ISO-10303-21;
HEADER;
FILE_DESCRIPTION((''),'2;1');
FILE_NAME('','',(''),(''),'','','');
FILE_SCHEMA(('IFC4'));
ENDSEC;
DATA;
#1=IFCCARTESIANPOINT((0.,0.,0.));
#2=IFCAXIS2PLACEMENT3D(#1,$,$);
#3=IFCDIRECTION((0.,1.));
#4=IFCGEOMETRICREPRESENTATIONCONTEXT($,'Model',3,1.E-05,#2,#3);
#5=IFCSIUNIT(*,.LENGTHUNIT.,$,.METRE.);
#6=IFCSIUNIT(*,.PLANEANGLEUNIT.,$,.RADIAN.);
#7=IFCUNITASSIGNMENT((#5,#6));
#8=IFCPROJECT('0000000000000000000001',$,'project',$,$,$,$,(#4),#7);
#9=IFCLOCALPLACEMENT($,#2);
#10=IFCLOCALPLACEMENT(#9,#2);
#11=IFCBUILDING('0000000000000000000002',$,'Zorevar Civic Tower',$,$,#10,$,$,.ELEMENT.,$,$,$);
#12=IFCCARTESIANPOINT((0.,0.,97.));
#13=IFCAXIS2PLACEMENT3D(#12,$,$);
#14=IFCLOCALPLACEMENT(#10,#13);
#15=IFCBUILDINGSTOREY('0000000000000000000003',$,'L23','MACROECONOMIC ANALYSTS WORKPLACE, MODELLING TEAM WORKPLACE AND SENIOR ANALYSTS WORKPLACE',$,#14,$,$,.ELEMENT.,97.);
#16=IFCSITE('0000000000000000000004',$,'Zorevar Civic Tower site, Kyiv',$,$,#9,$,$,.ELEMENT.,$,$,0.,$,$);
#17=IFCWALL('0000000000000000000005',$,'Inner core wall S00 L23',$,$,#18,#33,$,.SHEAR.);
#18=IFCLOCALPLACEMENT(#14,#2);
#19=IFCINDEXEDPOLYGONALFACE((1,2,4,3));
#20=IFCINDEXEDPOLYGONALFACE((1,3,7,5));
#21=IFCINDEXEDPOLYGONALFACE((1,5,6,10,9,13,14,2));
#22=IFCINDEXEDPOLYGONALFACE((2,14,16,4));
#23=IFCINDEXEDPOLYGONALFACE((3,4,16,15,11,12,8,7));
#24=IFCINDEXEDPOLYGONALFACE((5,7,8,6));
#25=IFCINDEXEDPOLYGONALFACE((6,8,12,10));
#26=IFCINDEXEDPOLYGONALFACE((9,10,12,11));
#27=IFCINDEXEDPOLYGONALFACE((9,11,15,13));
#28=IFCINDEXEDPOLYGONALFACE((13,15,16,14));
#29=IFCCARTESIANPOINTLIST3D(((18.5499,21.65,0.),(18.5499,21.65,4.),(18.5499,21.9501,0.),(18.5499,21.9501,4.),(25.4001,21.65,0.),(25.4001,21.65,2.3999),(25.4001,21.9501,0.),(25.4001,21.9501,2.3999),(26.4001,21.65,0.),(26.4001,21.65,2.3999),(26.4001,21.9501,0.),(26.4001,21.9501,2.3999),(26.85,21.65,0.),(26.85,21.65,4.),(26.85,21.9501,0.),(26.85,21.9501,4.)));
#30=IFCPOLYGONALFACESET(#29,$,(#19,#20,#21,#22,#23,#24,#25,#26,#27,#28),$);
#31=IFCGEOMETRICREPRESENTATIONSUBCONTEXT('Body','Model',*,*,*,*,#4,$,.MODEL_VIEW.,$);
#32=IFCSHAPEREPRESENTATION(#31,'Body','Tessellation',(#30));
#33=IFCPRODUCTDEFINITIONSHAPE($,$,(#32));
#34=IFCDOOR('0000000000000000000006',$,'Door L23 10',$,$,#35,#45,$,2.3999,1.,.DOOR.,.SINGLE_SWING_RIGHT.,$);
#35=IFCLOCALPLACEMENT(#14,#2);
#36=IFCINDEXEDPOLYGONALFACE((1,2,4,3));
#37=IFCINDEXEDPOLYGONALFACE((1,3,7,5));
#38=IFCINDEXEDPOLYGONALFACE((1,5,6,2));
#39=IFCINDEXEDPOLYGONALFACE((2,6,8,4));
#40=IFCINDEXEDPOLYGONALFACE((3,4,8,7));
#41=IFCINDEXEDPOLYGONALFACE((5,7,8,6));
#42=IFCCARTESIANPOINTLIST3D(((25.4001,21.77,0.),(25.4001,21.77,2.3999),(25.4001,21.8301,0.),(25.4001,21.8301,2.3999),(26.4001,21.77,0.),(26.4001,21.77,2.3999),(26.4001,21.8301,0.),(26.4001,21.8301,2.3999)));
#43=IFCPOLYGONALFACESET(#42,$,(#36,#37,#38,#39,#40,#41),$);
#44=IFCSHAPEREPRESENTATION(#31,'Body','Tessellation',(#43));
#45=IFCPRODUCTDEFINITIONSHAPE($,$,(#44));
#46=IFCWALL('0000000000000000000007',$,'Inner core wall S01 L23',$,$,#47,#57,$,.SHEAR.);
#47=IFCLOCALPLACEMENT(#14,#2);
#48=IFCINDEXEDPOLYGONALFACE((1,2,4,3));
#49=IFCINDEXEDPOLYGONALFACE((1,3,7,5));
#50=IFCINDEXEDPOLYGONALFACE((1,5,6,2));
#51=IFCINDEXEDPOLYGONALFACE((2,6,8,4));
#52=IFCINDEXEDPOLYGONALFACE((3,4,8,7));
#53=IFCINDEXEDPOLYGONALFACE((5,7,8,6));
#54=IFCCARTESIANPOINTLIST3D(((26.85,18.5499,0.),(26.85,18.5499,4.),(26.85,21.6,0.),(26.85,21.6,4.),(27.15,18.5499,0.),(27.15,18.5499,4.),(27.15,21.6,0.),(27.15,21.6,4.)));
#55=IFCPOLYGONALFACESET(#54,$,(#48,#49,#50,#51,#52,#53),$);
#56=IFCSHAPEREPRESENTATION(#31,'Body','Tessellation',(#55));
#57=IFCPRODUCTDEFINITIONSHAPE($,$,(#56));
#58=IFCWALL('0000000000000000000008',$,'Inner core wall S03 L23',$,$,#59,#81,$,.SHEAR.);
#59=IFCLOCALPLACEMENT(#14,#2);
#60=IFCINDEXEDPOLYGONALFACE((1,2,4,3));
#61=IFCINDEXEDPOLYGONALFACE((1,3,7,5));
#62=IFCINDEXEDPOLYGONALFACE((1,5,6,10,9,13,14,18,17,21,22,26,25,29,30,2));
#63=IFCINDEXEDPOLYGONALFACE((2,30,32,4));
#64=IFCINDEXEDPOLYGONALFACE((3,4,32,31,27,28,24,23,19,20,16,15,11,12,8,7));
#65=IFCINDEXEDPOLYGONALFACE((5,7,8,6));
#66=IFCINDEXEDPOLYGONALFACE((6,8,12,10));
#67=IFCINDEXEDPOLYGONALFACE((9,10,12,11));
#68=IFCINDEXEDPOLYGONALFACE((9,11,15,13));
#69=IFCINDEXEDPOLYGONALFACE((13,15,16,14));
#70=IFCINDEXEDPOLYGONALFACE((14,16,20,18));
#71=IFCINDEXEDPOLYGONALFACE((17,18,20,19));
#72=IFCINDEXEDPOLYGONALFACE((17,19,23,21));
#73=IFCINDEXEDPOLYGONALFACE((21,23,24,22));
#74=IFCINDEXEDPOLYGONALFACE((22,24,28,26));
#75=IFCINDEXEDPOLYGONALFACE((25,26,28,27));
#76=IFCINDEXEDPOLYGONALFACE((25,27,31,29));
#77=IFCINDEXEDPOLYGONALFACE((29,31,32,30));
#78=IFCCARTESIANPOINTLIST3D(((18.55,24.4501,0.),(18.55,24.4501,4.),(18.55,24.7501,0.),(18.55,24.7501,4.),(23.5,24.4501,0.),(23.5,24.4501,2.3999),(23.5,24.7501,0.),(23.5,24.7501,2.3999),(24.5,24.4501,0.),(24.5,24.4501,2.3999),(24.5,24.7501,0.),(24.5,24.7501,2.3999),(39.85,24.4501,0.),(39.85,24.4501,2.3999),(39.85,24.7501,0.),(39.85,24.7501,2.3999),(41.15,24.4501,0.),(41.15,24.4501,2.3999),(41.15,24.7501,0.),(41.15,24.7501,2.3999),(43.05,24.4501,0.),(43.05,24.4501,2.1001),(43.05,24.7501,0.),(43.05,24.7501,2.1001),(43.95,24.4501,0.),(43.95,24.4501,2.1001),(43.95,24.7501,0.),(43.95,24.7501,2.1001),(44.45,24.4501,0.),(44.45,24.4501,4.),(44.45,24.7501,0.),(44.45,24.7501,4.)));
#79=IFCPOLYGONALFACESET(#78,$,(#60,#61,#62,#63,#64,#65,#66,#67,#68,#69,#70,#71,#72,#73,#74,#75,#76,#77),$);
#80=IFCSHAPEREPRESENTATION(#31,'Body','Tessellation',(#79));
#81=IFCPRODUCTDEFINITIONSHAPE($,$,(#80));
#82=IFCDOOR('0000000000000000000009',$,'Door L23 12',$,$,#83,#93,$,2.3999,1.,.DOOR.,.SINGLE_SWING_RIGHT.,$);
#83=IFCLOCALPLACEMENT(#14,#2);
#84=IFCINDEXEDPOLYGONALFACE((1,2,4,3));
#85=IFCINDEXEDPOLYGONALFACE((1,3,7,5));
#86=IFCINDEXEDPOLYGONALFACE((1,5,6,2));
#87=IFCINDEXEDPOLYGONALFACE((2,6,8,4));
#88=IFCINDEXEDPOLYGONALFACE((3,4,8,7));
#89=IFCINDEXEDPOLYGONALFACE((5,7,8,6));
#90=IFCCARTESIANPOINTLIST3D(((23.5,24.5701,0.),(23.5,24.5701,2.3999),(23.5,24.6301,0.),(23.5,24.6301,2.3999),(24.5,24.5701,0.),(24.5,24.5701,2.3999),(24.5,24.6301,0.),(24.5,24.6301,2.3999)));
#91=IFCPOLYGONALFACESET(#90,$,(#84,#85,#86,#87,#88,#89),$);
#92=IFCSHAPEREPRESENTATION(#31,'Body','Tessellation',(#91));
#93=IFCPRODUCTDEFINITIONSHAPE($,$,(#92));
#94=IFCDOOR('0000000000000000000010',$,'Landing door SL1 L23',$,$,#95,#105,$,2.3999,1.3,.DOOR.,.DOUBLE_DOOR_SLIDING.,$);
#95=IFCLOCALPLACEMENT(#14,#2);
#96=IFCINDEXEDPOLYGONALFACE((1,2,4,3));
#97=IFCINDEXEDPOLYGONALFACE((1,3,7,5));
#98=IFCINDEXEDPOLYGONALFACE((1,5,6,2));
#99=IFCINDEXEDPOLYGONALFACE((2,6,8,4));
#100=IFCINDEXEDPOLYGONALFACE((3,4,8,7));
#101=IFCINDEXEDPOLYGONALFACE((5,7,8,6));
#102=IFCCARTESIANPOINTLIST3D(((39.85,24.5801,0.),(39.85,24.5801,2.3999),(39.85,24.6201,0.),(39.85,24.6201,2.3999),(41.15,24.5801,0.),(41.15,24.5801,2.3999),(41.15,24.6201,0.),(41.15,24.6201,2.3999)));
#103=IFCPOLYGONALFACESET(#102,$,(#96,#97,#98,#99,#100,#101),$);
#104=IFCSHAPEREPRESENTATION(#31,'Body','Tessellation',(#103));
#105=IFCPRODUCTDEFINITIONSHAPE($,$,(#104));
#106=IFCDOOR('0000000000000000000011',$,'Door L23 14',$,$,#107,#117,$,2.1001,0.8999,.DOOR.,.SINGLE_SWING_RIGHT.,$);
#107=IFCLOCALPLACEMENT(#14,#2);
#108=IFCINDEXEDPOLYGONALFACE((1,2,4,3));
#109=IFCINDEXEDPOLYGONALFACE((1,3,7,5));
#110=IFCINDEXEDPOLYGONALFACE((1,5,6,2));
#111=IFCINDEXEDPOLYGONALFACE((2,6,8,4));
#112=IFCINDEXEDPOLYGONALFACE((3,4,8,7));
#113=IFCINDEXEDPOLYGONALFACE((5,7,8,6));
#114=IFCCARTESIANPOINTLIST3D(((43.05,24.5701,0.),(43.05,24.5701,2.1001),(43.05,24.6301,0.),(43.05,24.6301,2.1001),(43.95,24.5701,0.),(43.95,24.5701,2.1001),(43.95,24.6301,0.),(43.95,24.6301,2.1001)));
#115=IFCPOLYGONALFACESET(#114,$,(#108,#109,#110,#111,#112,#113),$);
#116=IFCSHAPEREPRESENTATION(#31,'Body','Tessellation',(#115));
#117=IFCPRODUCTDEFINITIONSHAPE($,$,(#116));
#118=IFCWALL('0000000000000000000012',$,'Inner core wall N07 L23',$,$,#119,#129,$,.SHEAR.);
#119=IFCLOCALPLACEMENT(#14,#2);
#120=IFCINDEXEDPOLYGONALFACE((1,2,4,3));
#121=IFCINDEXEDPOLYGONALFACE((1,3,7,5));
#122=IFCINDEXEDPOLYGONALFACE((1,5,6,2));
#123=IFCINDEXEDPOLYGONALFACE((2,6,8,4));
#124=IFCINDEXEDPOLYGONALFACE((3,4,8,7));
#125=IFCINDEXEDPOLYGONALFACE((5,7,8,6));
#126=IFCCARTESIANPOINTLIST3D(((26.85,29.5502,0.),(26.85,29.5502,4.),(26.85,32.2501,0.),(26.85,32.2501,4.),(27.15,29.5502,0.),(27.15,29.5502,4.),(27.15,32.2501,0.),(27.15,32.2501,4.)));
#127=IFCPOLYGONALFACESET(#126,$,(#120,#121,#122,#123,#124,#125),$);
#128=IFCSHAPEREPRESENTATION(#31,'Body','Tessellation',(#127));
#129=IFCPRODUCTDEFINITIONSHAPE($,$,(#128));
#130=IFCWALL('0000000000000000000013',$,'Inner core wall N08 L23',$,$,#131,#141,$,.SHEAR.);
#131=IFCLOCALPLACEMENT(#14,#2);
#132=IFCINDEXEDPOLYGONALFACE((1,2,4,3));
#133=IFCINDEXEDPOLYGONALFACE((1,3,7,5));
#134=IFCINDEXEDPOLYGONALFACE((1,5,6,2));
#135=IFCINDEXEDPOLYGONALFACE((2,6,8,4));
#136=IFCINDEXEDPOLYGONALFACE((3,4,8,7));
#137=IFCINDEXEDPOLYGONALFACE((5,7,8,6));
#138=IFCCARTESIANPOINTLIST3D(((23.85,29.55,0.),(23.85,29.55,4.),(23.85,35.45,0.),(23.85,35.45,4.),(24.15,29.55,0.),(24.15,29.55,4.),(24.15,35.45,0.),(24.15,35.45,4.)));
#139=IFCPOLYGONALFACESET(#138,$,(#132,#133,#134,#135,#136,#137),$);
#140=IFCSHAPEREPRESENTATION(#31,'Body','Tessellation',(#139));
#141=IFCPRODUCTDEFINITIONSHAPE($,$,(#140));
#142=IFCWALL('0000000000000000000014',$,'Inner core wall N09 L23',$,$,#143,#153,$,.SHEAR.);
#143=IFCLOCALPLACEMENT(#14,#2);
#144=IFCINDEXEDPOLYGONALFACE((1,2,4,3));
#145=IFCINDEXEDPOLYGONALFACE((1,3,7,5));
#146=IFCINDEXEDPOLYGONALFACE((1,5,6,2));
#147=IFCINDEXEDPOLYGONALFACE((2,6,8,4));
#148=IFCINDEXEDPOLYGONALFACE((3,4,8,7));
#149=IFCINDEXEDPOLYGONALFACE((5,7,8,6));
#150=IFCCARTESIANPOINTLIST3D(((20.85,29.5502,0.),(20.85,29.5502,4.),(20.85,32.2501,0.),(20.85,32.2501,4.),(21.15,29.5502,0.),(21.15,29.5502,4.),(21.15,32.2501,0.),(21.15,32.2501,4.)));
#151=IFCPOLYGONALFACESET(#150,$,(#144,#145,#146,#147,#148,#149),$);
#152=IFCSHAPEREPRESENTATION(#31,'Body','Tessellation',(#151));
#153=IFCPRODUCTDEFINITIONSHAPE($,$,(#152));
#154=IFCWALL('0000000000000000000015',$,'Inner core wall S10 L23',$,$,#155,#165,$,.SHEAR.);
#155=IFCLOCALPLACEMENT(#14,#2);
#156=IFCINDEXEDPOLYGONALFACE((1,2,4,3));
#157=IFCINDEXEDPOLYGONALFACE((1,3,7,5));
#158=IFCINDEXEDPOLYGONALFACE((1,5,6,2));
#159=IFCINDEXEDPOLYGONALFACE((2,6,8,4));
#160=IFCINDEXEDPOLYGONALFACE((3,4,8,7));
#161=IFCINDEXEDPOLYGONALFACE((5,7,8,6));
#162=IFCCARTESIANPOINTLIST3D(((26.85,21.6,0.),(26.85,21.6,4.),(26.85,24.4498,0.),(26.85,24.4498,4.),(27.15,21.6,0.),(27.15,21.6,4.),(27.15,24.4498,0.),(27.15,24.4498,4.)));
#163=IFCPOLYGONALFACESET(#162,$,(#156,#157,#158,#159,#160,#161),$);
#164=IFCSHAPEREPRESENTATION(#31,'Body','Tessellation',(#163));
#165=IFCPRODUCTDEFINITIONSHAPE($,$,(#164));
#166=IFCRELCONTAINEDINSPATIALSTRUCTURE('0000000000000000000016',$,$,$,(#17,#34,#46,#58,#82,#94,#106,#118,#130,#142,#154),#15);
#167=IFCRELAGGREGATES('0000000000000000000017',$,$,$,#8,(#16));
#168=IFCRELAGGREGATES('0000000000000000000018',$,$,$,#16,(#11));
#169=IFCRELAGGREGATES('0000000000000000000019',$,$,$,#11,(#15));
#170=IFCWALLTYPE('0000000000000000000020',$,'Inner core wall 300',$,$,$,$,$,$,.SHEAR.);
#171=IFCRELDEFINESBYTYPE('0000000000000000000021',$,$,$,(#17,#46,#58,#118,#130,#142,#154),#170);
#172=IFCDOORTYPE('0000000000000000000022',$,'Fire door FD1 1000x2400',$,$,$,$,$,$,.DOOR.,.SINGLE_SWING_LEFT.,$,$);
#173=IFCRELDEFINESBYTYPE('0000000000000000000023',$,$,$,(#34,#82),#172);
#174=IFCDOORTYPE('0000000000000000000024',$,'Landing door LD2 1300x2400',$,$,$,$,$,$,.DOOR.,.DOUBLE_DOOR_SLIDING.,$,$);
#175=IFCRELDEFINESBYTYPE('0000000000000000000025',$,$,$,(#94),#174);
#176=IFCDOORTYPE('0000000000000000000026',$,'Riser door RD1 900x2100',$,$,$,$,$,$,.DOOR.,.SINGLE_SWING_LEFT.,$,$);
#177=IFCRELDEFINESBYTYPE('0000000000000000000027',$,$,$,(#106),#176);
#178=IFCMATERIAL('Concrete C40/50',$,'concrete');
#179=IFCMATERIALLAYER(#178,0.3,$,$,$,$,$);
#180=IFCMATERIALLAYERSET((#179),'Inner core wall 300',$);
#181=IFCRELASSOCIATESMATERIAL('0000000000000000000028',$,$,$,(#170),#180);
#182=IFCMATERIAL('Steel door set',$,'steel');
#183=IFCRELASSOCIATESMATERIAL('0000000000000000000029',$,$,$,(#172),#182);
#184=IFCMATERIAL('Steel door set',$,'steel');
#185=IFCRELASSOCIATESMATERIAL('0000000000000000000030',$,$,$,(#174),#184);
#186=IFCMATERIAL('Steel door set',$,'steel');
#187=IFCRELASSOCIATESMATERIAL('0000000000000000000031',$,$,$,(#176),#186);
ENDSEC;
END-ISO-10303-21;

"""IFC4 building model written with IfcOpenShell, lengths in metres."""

from ifc_helpers import new_model, si_unit, direction, frame, frame_2d, origin, place, context, subcontext, project, spatial, rectangle, extrude, material, layer, layer_set, type_object, element, fill, save


model = new_model("IFC4")

# Units and contexts
model_context = context("Model", 3, precision=1e-05, world=origin(), true_north=direction((0.0, 1.0)))
body_context = subcontext(model_context, "Body", "Model", "MODEL_VIEW")
ifc_project = project(units=[si_unit("LENGTHUNIT", "METRE"), si_unit("PLANEANGLEUNIT", "RADIAN")], contexts=[model_context])

# Site, building, storey
site_placement = place(None, origin())
site = spatial("IfcSite", under=ifc_project, at=site_placement, Name="Zorevar Civic Tower site, Kyiv", CompositionType="ELEMENT", RefElevation=0.0)
building_placement = place(site_placement, origin())
building = spatial("IfcBuilding", under=site, at=building_placement, Name="Zorevar Civic Tower", CompositionType="ELEMENT")
storey_placement = place(building_placement, frame((0.0, 0.0, 97.0)))
storey = spatial("IfcBuildingStorey", under=building, at=storey_placement, Name="L23", Description="MACROECONOMIC ANALYSTS WORKPLACE, MODELLING TEAM WORKPLACE AND SENIOR ANALYSTS WORKPLACE", CompositionType="ELEMENT", Elevation=97.0)

# Wall, opening, door
ifc_material_1 = material(Name="Concrete C40/50", Category="concrete")
ifc_layer = layer(ifc_material_1, 0.3)
ifc_layer_set = layer_set([ifc_layer], Name="Inner core wall 300")
wall_type = type_object("IfcWallType", Name="Inner core wall 300", PredefinedType="SHEAR", material=ifc_layer_set)
wall_1_placement = place(storey_placement, frame((18.55, 21.8, 0.0), z_axis=(0.0, 0.0, 1.0), x_axis=(1.0, 0.0, 0.0)))
wall_1 = element("IfcWall", 1, at=wall_1_placement, inside=storey, type_object=wall_type, Name="Inner core wall S00 L23", PredefinedType="SHEAR", context=body_context, shape_type="SweptSolid", body=[
    extrude(rectangle(XDim=8.3, YDim=0.3, at=frame_2d((4.1499, 0.0))), origin(), (0.0, 0.0, 1.0), 4.0),
])
opening_1_placement = place(wall_1_placement, frame((6.8501, 0.0, 0.0)))
opening_1 = element("IfcOpeningElement", 2, at=opening_1_placement, cuts=wall_1, PredefinedType="OPENING", context=body_context, shape_type="SweptSolid", body=[
    extrude(rectangle(XDim=1.0, YDim=2.3999, at=frame_2d((0.5, 1.2))), frame((0.0, 0.1599, 0.0), z_axis=(0.0, -1.0, 0.0), x_axis=(1.0, 0.0, 0.0)), (0.0, 0.0, 1.0), 0.3201),
])
ifc_material_2 = material(Name="Steel door set", Category="steel")
door_type_1 = type_object("IfcDoorType", Name="Fire door FD1 1000x2400", OperationType="SINGLE_SWING_LEFT", PredefinedType="DOOR", material=ifc_material_2)
door_1_placement = place(opening_1_placement, origin())
door_1 = element("IfcDoor", 3, at=door_1_placement, inside=storey, type_object=door_type_1, Name="Door L23 10", OperationType="SINGLE_SWING_RIGHT", OverallHeight=2.3999, OverallWidth=1.0, PredefinedType="DOOR", context=body_context, shape_type="SweptSolid", body=[
    extrude(rectangle(XDim=1.0, YDim=2.3999, at=frame_2d((0.5, 1.2))), frame((0.0, 0.03, 0.0), z_axis=(0.0, -1.0, 0.0), x_axis=(1.0, 0.0, 0.0)), (0.0, 0.0, 1.0), 0.0601),
])
fill(opening_1, door_1)

# Wall
wall_2_placement = place(storey_placement, frame((27.0, 18.55, 0.0), z_axis=(0.0, 0.0, 1.0), x_axis=(0.0, 1.0, 0.0)))
element("IfcWall", 4, at=wall_2_placement, inside=storey, type_object=wall_type, Name="Inner core wall S01 L23", PredefinedType="SHEAR", context=body_context, shape_type="SweptSolid", body=[
    extrude(rectangle(XDim=3.05, YDim=0.3, at=frame_2d((1.5249, 0.0))), origin(), (0.0, 0.0, 1.0), 4.0),
])

# Wall, openings, doors
wall_3_placement = place(storey_placement, frame((18.55, 24.6001, 0.0), z_axis=(0.0, 0.0, 1.0), x_axis=(1.0, 0.0, 0.0)))
wall_3 = element("IfcWall", 5, at=wall_3_placement, inside=storey, type_object=wall_type, Name="Inner core wall S03 L23", PredefinedType="SHEAR", context=body_context, shape_type="SweptSolid", body=[
    extrude(rectangle(XDim=25.8999, YDim=0.3, at=frame_2d((12.95, 0.0))), origin(), (0.0, 0.0, 1.0), 4.0),
])
opening_2_placement = place(wall_3_placement, frame((4.95, 0.0, 0.0)))
opening_2 = element("IfcOpeningElement", 6, at=opening_2_placement, cuts=wall_3, PredefinedType="OPENING", context=body_context, shape_type="SweptSolid", body=[
    extrude(rectangle(XDim=1.0, YDim=2.3999, at=frame_2d((0.5, 1.2))), frame((0.0, 0.1599, 0.0), z_axis=(0.0, -1.0, 0.0), x_axis=(1.0, 0.0, 0.0)), (0.0, 0.0, 1.0), 0.3201),
])
opening_3_placement = place(wall_3_placement, frame((24.5, 0.0, 0.0)))
opening_3 = element("IfcOpeningElement", 7, at=opening_3_placement, cuts=wall_3, PredefinedType="OPENING", context=body_context, shape_type="SweptSolid", body=[
    extrude(rectangle(XDim=0.8999, YDim=2.1001, at=frame_2d((0.45, 1.05))), frame((0.0, 0.1599, 0.0), z_axis=(0.0, -1.0, 0.0), x_axis=(1.0, 0.0, 0.0)), (0.0, 0.0, 1.0), 0.3201),
])
opening_4_placement = place(wall_3_placement, frame((21.3, 0.0, 0.0)))
opening_4 = element("IfcOpeningElement", 8, at=opening_4_placement, cuts=wall_3, PredefinedType="OPENING", context=body_context, shape_type="SweptSolid", body=[
    extrude(rectangle(XDim=1.3, YDim=2.3999, at=frame_2d((0.6499, 1.2))), frame((0.0, 0.1599, 0.0), z_axis=(0.0, -1.0, 0.0), x_axis=(1.0, 0.0, 0.0)), (0.0, 0.0, 1.0), 0.3201),
])
door_2_placement = place(opening_2_placement, origin())
door_2 = element("IfcDoor", 9, at=door_2_placement, inside=storey, type_object=door_type_1, Name="Door L23 12", OperationType="SINGLE_SWING_RIGHT", OverallHeight=2.3999, OverallWidth=1.0, PredefinedType="DOOR", context=body_context, shape_type="SweptSolid", body=[
    extrude(rectangle(XDim=1.0, YDim=2.3999, at=frame_2d((0.5, 1.2))), frame((0.0, 0.03, 0.0), z_axis=(0.0, -1.0, 0.0), x_axis=(1.0, 0.0, 0.0)), (0.0, 0.0, 1.0), 0.0601),
])
fill(opening_2, door_2)
ifc_material_3 = material(Name="Steel door set", Category="steel")
door_type_2 = type_object("IfcDoorType", Name="Landing door LD2 1300x2400", OperationType="DOUBLE_DOOR_SLIDING", PredefinedType="DOOR", material=ifc_material_3)
door_3_placement = place(opening_4_placement, origin())
door_3 = element("IfcDoor", 10, at=door_3_placement, inside=storey, type_object=door_type_2, Name="Landing door SL1 L23", OperationType="DOUBLE_DOOR_SLIDING", OverallHeight=2.3999, OverallWidth=1.3, PredefinedType="DOOR", context=body_context, shape_type="SweptSolid", body=[
    extrude(rectangle(XDim=1.3, YDim=2.3999, at=frame_2d((0.6499, 1.2))), frame((0.0, 0.02, 0.0), z_axis=(0.0, -1.0, 0.0), x_axis=(1.0, 0.0, 0.0)), (0.0, 0.0, 1.0), 0.04),
])
fill(opening_4, door_3)
ifc_material_4 = material(Name="Steel door set", Category="steel")
door_type_3 = type_object("IfcDoorType", Name="Riser door RD1 900x2100", OperationType="SINGLE_SWING_LEFT", PredefinedType="DOOR", material=ifc_material_4)
door_4_placement = place(opening_3_placement, origin())
door_4 = element("IfcDoor", 11, at=door_4_placement, inside=storey, type_object=door_type_3, Name="Door L23 14", OperationType="SINGLE_SWING_RIGHT", OverallHeight=2.1001, OverallWidth=0.8999, PredefinedType="DOOR", context=body_context, shape_type="SweptSolid", body=[
    extrude(rectangle(XDim=0.8999, YDim=2.1001, at=frame_2d((0.45, 1.05))), frame((0.0, 0.03, 0.0), z_axis=(0.0, -1.0, 0.0), x_axis=(1.0, 0.0, 0.0)), (0.0, 0.0, 1.0), 0.0601),
])
fill(opening_3, door_4)

# Walls
wall_4_placement = place(storey_placement, frame((27.0, 29.55, 0.0), z_axis=(0.0, 0.0, 1.0), x_axis=(0.0, 1.0, 0.0)))
element("IfcWall", 12, at=wall_4_placement, inside=storey, type_object=wall_type, Name="Inner core wall N07 L23", PredefinedType="SHEAR", context=body_context, shape_type="SweptSolid", body=[
    extrude(rectangle(XDim=2.7, YDim=0.3, at=frame_2d((1.3501, 0.0))), origin(), (0.0, 0.0, 1.0), 4.0),
])
wall_5_placement = place(storey_placement, frame((24.0, 29.55, 0.0), z_axis=(0.0, 0.0, 1.0), x_axis=(0.0, 1.0, 0.0)))
element("IfcWall", 13, at=wall_5_placement, inside=storey, type_object=wall_type, Name="Inner core wall N08 L23", PredefinedType="SHEAR", context=body_context, shape_type="SweptSolid", body=[
    extrude(rectangle(XDim=5.8999, YDim=0.3, at=frame_2d((2.95, 0.0))), origin(), (0.0, 0.0, 1.0), 4.0),
])
wall_6_placement = place(storey_placement, frame((21.0, 29.55, 0.0), z_axis=(0.0, 0.0, 1.0), x_axis=(0.0, 1.0, 0.0)))
element("IfcWall", 14, at=wall_6_placement, inside=storey, type_object=wall_type, Name="Inner core wall N09 L23", PredefinedType="SHEAR", context=body_context, shape_type="SweptSolid", body=[
    extrude(rectangle(XDim=2.7, YDim=0.3, at=frame_2d((1.3501, 0.0))), origin(), (0.0, 0.0, 1.0), 4.0),
])
wall_7_placement = place(storey_placement, frame((27.0, 21.6001, 0.0), z_axis=(0.0, 0.0, 1.0), x_axis=(0.0, 1.0, 0.0)))
element("IfcWall", 15, at=wall_7_placement, inside=storey, type_object=wall_type, Name="Inner core wall S10 L23", PredefinedType="SHEAR", context=body_context, shape_type="SweptSolid", body=[
    extrude(rectangle(XDim=2.8499, YDim=0.3, at=frame_2d((1.4248, 0.0))), origin(), (0.0, 0.0, 1.0), 4.0),
])

save(model, "model.ifc")
